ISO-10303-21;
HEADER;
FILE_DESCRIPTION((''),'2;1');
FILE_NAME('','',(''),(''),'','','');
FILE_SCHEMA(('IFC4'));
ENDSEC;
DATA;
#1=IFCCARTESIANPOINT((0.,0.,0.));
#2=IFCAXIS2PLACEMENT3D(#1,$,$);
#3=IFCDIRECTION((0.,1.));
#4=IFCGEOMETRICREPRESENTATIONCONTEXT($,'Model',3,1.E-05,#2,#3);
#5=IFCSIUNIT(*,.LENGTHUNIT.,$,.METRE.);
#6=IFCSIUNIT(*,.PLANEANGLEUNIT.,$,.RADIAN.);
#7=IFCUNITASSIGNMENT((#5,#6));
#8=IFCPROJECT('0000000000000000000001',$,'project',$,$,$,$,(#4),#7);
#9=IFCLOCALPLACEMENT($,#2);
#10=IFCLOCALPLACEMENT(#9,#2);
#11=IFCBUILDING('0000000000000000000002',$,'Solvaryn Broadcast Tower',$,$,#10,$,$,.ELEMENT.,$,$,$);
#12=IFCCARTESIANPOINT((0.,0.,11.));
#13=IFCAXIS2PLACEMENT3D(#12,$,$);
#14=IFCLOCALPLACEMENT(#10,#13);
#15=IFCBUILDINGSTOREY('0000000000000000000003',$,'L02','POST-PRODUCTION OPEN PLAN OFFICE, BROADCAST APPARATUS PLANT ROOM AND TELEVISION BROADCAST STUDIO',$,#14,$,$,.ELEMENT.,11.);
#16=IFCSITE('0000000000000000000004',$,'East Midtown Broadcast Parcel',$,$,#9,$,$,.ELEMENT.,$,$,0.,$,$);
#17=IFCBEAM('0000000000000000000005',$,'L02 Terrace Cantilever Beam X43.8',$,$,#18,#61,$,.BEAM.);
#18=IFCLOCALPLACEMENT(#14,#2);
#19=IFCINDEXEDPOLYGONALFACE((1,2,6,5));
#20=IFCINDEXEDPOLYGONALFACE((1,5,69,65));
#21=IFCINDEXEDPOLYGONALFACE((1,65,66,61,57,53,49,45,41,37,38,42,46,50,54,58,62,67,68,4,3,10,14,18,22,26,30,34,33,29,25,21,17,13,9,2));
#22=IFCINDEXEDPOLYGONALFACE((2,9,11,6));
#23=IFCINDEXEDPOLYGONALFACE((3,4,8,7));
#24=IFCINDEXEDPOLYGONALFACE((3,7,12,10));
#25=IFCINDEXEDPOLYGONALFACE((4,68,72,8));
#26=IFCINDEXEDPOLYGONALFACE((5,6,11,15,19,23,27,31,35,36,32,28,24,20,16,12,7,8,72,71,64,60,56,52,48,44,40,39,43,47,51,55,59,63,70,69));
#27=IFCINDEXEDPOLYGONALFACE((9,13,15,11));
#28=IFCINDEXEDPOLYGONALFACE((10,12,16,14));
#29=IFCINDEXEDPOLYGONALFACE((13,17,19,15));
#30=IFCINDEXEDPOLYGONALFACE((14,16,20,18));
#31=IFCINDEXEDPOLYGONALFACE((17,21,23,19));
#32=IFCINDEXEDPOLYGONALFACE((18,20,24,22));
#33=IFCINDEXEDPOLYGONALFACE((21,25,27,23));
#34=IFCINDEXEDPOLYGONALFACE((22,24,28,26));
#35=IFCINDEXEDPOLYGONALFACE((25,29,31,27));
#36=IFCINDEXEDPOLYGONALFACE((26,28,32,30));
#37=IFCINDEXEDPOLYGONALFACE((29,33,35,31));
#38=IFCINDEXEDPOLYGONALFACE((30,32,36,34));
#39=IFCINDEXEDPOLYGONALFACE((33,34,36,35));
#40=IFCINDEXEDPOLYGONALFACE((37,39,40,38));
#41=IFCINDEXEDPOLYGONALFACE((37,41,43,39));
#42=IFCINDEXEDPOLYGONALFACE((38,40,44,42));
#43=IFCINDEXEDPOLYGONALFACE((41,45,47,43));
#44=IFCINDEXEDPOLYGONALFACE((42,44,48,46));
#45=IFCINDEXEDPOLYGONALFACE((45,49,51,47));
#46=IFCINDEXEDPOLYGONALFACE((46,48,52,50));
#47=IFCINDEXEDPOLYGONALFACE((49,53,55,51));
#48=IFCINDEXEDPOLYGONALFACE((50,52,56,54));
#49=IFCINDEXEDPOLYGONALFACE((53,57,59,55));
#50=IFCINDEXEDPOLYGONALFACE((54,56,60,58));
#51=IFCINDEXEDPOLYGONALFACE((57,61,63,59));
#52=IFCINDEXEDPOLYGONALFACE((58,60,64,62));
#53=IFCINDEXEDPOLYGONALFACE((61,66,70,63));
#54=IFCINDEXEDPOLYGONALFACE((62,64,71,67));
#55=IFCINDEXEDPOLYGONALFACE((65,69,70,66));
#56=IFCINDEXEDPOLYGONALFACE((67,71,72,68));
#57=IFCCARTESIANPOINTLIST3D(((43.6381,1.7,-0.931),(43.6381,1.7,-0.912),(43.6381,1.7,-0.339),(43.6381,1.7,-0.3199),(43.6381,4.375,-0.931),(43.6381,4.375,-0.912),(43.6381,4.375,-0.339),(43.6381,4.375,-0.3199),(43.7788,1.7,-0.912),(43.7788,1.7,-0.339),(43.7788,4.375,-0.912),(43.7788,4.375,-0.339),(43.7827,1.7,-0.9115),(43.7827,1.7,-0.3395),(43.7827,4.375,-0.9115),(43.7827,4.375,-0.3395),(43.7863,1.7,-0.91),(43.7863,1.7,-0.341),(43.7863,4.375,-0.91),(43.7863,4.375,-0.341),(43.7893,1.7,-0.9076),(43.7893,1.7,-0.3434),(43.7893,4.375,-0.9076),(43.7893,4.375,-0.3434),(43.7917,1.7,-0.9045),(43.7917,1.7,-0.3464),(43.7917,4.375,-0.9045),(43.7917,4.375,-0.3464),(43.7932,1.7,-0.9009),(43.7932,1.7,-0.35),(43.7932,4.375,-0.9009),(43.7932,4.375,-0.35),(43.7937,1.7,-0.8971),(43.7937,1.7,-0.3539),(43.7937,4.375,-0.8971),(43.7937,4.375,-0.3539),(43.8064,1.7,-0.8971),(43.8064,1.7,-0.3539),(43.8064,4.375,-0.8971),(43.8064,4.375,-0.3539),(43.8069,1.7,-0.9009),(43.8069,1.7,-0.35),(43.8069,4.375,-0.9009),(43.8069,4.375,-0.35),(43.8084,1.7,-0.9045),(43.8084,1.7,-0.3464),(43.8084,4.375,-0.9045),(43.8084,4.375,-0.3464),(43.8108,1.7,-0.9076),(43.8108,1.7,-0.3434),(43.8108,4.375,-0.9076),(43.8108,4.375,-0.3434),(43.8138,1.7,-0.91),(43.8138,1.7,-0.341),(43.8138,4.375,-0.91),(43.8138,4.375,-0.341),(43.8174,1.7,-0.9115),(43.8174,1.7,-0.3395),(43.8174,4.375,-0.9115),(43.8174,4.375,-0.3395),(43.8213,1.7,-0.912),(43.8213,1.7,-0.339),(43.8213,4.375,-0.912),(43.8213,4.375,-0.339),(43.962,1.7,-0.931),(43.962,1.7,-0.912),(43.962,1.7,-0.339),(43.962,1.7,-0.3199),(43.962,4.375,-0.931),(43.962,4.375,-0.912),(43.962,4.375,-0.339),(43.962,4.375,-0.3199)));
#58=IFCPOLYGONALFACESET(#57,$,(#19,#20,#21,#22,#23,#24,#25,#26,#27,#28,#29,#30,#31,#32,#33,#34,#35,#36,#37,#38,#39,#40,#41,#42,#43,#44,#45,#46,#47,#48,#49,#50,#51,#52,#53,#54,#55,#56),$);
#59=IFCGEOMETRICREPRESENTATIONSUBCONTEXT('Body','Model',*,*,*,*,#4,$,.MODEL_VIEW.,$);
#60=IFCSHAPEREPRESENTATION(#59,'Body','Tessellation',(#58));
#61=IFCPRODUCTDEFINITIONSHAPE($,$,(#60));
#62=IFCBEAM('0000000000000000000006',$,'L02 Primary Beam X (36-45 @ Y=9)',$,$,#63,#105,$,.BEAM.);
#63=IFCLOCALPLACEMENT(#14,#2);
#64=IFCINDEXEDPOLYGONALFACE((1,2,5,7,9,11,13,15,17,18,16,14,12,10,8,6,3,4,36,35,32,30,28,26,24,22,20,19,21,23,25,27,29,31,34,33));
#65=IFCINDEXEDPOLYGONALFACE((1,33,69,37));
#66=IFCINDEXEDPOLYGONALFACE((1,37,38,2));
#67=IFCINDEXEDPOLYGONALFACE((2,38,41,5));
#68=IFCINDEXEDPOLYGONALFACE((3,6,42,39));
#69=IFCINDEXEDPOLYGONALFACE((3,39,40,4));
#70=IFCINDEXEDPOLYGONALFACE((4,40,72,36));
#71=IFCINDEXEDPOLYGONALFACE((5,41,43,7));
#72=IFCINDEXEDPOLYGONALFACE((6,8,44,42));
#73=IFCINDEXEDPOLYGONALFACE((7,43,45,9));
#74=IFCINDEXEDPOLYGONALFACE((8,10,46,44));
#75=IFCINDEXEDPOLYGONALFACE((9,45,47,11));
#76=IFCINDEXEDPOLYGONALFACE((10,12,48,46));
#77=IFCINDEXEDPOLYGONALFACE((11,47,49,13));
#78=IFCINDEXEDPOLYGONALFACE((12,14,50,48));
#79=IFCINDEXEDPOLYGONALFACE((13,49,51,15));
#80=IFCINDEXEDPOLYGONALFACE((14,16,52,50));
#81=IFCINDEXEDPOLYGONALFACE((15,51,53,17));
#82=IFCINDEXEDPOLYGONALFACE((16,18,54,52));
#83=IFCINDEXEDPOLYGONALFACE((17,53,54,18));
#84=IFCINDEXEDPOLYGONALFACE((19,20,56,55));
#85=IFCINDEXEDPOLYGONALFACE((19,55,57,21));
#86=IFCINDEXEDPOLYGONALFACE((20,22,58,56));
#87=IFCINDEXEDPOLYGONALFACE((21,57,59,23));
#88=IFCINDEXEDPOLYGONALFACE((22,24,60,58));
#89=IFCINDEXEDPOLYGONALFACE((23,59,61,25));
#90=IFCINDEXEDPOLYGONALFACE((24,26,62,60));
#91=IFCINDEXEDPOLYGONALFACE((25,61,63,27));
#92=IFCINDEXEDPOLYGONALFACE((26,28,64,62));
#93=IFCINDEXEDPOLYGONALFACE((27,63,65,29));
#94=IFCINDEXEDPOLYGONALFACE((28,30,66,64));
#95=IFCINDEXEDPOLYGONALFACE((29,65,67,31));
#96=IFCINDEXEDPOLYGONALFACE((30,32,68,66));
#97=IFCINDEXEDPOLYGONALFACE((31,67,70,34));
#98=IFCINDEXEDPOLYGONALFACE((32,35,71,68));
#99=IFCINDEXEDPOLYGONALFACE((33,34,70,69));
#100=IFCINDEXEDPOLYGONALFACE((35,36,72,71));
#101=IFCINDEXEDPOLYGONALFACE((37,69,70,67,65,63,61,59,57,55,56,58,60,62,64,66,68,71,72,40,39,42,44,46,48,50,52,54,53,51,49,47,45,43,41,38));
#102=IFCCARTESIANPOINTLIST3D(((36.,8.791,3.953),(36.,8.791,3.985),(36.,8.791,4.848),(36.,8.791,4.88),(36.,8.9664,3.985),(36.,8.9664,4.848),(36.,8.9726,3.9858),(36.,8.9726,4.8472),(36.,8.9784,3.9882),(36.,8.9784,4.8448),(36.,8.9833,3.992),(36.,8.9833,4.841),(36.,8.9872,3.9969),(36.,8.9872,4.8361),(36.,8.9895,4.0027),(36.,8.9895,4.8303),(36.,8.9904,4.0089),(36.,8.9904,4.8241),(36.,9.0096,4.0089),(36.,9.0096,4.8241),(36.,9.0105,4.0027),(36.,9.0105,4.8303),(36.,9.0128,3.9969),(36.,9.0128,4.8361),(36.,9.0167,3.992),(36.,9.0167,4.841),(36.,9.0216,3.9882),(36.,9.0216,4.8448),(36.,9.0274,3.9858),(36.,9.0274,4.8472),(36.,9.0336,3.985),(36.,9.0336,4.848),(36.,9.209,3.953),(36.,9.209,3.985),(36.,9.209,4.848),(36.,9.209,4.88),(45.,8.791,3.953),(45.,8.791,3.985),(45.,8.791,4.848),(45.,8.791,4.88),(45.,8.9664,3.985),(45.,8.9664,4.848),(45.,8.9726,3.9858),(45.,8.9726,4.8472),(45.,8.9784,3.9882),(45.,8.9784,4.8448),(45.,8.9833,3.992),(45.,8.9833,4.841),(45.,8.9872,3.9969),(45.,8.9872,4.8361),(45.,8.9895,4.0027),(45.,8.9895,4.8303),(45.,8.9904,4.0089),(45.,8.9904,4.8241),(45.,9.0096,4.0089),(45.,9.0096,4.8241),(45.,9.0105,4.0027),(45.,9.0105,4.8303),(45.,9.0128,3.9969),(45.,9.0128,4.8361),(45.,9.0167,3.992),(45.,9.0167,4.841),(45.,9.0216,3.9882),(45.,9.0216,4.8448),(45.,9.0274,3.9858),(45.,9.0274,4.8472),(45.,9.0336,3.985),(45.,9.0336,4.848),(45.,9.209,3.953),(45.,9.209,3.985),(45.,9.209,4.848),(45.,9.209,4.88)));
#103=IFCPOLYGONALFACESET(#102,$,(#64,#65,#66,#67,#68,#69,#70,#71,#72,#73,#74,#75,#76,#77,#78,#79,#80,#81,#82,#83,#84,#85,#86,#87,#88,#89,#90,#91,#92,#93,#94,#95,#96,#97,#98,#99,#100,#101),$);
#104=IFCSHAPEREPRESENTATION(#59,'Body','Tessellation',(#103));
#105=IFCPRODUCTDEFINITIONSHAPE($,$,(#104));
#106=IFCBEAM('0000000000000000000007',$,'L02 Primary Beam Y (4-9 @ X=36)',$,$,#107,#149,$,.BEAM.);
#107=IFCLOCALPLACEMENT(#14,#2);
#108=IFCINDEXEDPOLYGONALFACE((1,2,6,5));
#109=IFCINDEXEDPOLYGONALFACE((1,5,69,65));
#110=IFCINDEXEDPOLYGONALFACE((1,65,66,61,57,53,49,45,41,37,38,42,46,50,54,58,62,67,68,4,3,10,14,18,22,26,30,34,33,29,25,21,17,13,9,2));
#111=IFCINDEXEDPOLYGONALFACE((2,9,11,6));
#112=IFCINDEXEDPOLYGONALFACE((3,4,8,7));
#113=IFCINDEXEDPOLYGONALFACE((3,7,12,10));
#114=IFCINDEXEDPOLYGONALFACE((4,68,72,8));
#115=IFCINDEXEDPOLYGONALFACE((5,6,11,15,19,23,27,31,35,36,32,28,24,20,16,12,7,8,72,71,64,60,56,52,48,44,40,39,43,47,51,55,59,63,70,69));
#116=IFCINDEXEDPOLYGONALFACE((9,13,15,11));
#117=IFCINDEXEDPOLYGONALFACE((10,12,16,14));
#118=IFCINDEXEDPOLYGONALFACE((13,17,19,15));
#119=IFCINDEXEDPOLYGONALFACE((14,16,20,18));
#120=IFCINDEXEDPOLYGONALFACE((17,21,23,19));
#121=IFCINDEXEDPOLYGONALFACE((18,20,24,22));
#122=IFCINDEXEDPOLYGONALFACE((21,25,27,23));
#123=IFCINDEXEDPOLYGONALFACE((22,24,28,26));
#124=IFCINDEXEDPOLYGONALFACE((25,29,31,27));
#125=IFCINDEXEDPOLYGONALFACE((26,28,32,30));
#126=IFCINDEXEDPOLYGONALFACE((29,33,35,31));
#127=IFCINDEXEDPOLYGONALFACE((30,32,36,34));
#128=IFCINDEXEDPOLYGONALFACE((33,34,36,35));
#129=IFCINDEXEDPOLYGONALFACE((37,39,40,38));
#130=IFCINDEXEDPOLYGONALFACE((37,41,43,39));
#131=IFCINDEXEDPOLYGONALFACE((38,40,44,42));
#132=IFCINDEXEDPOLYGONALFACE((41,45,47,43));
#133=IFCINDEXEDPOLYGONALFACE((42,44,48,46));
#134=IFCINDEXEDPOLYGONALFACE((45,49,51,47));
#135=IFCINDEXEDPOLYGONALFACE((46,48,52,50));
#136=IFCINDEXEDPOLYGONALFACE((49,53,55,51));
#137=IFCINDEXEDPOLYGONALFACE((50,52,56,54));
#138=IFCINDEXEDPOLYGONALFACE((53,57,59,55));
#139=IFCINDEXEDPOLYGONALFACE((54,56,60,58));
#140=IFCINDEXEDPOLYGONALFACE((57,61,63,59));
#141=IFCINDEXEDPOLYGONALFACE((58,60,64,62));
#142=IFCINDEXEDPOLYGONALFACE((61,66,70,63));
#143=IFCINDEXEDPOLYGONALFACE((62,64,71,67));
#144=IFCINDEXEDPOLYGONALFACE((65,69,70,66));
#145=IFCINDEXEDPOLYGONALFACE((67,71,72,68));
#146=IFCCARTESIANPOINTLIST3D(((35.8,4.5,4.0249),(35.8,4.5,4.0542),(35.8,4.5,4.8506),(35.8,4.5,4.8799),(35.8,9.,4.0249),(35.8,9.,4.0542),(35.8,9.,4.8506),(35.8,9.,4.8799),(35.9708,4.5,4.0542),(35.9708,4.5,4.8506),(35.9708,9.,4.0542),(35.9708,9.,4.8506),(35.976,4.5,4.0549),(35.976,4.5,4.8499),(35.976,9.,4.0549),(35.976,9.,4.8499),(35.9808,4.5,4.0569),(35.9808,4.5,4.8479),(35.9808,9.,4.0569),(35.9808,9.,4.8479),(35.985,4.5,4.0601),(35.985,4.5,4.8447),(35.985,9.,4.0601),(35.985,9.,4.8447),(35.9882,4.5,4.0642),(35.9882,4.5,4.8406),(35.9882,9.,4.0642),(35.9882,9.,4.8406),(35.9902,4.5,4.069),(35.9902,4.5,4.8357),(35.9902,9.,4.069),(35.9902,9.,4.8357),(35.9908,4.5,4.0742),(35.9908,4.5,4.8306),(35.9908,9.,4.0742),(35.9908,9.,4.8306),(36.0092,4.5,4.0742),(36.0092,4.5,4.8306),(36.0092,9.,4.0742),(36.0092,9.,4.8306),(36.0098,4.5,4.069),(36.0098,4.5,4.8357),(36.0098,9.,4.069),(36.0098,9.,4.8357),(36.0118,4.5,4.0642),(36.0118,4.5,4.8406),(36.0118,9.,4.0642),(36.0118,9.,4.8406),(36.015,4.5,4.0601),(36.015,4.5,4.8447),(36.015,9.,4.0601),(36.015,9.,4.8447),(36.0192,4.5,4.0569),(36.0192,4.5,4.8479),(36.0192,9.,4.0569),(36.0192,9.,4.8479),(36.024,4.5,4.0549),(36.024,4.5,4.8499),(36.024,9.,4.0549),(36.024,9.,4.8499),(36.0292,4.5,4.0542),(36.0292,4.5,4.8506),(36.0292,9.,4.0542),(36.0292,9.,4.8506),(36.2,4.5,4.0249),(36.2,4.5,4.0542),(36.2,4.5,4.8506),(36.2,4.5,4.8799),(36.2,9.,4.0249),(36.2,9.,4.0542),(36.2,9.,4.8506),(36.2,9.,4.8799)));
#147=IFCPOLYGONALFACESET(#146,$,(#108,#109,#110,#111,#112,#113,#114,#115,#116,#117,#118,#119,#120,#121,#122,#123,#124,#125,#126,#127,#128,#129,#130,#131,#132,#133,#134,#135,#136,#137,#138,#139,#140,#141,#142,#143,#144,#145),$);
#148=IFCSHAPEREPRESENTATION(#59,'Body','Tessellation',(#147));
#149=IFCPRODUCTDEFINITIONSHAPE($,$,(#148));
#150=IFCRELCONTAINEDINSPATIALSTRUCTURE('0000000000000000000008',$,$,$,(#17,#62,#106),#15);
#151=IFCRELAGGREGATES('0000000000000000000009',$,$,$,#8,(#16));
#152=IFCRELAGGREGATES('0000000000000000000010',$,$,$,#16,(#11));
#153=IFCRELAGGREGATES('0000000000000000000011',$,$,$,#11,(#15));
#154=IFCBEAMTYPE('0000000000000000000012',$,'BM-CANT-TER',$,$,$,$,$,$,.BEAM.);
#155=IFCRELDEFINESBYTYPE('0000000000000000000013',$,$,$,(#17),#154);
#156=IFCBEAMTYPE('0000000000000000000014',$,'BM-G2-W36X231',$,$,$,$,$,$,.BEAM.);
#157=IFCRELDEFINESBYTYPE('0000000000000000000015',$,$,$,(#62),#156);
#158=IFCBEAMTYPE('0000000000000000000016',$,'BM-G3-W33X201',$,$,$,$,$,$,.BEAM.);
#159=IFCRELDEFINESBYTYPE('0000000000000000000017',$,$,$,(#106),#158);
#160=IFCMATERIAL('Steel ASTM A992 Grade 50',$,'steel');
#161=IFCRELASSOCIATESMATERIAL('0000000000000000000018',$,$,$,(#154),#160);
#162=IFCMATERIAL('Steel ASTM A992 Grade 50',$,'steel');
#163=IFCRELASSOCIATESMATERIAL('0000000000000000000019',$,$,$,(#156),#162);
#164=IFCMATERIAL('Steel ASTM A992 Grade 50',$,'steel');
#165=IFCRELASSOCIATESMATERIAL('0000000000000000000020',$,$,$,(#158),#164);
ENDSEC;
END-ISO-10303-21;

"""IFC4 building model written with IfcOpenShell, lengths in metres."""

from ifc_helpers import new_model, si_unit, direction, frame, origin, origin_2d, place, context, subcontext, project, spatial, i_section, extrude, material, material_profile, profile_set, type_object, element, save


model = new_model("IFC4")

# Units and contexts
model_context = context("Model", 3, precision=1e-05, world=origin(), true_north=direction((0.0, 1.0)))
body_context = subcontext(model_context, "Body", "Model", "MODEL_VIEW")
ifc_project = project(units=[si_unit("LENGTHUNIT", "METRE"), si_unit("PLANEANGLEUNIT", "RADIAN")], contexts=[model_context])

# Site, building, storey
site_placement = place(None, origin())
site = spatial("IfcSite", under=ifc_project, at=site_placement, Name="East Midtown Broadcast Parcel", CompositionType="ELEMENT", RefElevation=0.0)
building_placement = place(site_placement, origin())
building = spatial("IfcBuilding", under=site, at=building_placement, Name="Solvaryn Broadcast Tower", CompositionType="ELEMENT")
storey_placement = place(building_placement, frame((0.0, 0.0, 11.0)))
storey = spatial("IfcBuildingStorey", under=building, at=storey_placement, Name="L02", Description="POST-PRODUCTION OPEN PLAN OFFICE, BROADCAST APPARATUS PLANT ROOM AND TELEVISION BROADCAST STUDIO", CompositionType="ELEMENT", Elevation=11.0)

# Beams
ifc_material_1 = material(Name="Steel ASTM A992 Grade 50", Category="steel")
ifc_material_profile_1 = material_profile(ifc_material_1, i_section(OverallWidth=0.324, OverallDepth=0.6111, WebThickness=0.0127, FlangeThickness=0.019, FilletRadius=0.0149, at=origin_2d()))
ifc_profile_set_1 = profile_set([ifc_material_profile_1], Name="Steel ASTM A992 Grade 50")
beam_type_1 = type_object("IfcBeamType", Name="BM-CANT-TER", PredefinedType="BEAM", material=ifc_profile_set_1)
beam_1_placement = place(storey_placement, frame((43.8, 4.375, -0.6255), z_axis=(0.0, -1.0, 0.0), x_axis=(1.0, 0.0, 0.0)))
element("IfcBeam", 1, at=beam_1_placement, inside=storey, type_object=beam_type_1, Name="L02 Terrace Cantilever Beam X43.8", PredefinedType="BEAM", context=body_context, shape_type="SweptSolid", body=[
    extrude(i_section(OverallWidth=0.324, OverallDepth=0.6111, WebThickness=0.0127, FlangeThickness=0.019, FilletRadius=0.0149, at=origin_2d()), origin(), (0.0, 0.0, 1.0), 2.675),
])
ifc_material_2 = material(Name="Steel ASTM A992 Grade 50", Category="steel")
ifc_material_profile_2 = material_profile(ifc_material_2, i_section(OverallWidth=0.418, OverallDepth=0.927, WebThickness=0.0193, FlangeThickness=0.032, FilletRadius=0.0239, at=origin_2d()))
ifc_profile_set_2 = profile_set([ifc_material_profile_2], Name="Steel ASTM A992 Grade 50")
beam_type_2 = type_object("IfcBeamType", Name="BM-G2-W36X231", PredefinedType="BEAM", material=ifc_profile_set_2)
beam_2_placement = place(storey_placement, frame((36.0, 9.0, 4.4165), z_axis=(1.0, 0.0, 0.0), x_axis=(0.0, 1.0, 0.0)))
element("IfcBeam", 2, at=beam_2_placement, inside=storey, type_object=beam_type_2, Name="L02 Primary Beam X (36-45 @ Y=9)", PredefinedType="BEAM", context=body_context, shape_type="SweptSolid", body=[
    extrude(i_section(OverallWidth=0.418, OverallDepth=0.927, WebThickness=0.0193, FlangeThickness=0.032, FilletRadius=0.0239, at=origin_2d()), origin(), (0.0, 0.0, 1.0), 9.0),
])
ifc_material_3 = material(Name="Steel ASTM A992 Grade 50", Category="steel")
ifc_material_profile_3 = material_profile(ifc_material_3, i_section(OverallWidth=0.3999, OverallDepth=0.855, WebThickness=0.0183, FlangeThickness=0.0293, FilletRadius=0.02, at=origin_2d()))
ifc_profile_set_3 = profile_set([ifc_material_profile_3], Name="Steel ASTM A992 Grade 50")
beam_type_3 = type_object("IfcBeamType", Name="BM-G3-W33X201", PredefinedType="BEAM", material=ifc_profile_set_3)
beam_3_placement = place(storey_placement, frame((36.0, 4.5, 4.4524), z_axis=(0.0, 1.0, 0.0), x_axis=(-1.0, 0.0, 0.0)))
element("IfcBeam", 3, at=beam_3_placement, inside=storey, type_object=beam_type_3, Name="L02 Primary Beam Y (4-9 @ X=36)", PredefinedType="BEAM", context=body_context, shape_type="SweptSolid", body=[
    extrude(i_section(OverallWidth=0.3999, OverallDepth=0.855, WebThickness=0.0183, FlangeThickness=0.0293, FilletRadius=0.02, at=origin_2d()), origin(), (0.0, 0.0, 1.0), 4.5),
])

save(model, "model.ifc")
